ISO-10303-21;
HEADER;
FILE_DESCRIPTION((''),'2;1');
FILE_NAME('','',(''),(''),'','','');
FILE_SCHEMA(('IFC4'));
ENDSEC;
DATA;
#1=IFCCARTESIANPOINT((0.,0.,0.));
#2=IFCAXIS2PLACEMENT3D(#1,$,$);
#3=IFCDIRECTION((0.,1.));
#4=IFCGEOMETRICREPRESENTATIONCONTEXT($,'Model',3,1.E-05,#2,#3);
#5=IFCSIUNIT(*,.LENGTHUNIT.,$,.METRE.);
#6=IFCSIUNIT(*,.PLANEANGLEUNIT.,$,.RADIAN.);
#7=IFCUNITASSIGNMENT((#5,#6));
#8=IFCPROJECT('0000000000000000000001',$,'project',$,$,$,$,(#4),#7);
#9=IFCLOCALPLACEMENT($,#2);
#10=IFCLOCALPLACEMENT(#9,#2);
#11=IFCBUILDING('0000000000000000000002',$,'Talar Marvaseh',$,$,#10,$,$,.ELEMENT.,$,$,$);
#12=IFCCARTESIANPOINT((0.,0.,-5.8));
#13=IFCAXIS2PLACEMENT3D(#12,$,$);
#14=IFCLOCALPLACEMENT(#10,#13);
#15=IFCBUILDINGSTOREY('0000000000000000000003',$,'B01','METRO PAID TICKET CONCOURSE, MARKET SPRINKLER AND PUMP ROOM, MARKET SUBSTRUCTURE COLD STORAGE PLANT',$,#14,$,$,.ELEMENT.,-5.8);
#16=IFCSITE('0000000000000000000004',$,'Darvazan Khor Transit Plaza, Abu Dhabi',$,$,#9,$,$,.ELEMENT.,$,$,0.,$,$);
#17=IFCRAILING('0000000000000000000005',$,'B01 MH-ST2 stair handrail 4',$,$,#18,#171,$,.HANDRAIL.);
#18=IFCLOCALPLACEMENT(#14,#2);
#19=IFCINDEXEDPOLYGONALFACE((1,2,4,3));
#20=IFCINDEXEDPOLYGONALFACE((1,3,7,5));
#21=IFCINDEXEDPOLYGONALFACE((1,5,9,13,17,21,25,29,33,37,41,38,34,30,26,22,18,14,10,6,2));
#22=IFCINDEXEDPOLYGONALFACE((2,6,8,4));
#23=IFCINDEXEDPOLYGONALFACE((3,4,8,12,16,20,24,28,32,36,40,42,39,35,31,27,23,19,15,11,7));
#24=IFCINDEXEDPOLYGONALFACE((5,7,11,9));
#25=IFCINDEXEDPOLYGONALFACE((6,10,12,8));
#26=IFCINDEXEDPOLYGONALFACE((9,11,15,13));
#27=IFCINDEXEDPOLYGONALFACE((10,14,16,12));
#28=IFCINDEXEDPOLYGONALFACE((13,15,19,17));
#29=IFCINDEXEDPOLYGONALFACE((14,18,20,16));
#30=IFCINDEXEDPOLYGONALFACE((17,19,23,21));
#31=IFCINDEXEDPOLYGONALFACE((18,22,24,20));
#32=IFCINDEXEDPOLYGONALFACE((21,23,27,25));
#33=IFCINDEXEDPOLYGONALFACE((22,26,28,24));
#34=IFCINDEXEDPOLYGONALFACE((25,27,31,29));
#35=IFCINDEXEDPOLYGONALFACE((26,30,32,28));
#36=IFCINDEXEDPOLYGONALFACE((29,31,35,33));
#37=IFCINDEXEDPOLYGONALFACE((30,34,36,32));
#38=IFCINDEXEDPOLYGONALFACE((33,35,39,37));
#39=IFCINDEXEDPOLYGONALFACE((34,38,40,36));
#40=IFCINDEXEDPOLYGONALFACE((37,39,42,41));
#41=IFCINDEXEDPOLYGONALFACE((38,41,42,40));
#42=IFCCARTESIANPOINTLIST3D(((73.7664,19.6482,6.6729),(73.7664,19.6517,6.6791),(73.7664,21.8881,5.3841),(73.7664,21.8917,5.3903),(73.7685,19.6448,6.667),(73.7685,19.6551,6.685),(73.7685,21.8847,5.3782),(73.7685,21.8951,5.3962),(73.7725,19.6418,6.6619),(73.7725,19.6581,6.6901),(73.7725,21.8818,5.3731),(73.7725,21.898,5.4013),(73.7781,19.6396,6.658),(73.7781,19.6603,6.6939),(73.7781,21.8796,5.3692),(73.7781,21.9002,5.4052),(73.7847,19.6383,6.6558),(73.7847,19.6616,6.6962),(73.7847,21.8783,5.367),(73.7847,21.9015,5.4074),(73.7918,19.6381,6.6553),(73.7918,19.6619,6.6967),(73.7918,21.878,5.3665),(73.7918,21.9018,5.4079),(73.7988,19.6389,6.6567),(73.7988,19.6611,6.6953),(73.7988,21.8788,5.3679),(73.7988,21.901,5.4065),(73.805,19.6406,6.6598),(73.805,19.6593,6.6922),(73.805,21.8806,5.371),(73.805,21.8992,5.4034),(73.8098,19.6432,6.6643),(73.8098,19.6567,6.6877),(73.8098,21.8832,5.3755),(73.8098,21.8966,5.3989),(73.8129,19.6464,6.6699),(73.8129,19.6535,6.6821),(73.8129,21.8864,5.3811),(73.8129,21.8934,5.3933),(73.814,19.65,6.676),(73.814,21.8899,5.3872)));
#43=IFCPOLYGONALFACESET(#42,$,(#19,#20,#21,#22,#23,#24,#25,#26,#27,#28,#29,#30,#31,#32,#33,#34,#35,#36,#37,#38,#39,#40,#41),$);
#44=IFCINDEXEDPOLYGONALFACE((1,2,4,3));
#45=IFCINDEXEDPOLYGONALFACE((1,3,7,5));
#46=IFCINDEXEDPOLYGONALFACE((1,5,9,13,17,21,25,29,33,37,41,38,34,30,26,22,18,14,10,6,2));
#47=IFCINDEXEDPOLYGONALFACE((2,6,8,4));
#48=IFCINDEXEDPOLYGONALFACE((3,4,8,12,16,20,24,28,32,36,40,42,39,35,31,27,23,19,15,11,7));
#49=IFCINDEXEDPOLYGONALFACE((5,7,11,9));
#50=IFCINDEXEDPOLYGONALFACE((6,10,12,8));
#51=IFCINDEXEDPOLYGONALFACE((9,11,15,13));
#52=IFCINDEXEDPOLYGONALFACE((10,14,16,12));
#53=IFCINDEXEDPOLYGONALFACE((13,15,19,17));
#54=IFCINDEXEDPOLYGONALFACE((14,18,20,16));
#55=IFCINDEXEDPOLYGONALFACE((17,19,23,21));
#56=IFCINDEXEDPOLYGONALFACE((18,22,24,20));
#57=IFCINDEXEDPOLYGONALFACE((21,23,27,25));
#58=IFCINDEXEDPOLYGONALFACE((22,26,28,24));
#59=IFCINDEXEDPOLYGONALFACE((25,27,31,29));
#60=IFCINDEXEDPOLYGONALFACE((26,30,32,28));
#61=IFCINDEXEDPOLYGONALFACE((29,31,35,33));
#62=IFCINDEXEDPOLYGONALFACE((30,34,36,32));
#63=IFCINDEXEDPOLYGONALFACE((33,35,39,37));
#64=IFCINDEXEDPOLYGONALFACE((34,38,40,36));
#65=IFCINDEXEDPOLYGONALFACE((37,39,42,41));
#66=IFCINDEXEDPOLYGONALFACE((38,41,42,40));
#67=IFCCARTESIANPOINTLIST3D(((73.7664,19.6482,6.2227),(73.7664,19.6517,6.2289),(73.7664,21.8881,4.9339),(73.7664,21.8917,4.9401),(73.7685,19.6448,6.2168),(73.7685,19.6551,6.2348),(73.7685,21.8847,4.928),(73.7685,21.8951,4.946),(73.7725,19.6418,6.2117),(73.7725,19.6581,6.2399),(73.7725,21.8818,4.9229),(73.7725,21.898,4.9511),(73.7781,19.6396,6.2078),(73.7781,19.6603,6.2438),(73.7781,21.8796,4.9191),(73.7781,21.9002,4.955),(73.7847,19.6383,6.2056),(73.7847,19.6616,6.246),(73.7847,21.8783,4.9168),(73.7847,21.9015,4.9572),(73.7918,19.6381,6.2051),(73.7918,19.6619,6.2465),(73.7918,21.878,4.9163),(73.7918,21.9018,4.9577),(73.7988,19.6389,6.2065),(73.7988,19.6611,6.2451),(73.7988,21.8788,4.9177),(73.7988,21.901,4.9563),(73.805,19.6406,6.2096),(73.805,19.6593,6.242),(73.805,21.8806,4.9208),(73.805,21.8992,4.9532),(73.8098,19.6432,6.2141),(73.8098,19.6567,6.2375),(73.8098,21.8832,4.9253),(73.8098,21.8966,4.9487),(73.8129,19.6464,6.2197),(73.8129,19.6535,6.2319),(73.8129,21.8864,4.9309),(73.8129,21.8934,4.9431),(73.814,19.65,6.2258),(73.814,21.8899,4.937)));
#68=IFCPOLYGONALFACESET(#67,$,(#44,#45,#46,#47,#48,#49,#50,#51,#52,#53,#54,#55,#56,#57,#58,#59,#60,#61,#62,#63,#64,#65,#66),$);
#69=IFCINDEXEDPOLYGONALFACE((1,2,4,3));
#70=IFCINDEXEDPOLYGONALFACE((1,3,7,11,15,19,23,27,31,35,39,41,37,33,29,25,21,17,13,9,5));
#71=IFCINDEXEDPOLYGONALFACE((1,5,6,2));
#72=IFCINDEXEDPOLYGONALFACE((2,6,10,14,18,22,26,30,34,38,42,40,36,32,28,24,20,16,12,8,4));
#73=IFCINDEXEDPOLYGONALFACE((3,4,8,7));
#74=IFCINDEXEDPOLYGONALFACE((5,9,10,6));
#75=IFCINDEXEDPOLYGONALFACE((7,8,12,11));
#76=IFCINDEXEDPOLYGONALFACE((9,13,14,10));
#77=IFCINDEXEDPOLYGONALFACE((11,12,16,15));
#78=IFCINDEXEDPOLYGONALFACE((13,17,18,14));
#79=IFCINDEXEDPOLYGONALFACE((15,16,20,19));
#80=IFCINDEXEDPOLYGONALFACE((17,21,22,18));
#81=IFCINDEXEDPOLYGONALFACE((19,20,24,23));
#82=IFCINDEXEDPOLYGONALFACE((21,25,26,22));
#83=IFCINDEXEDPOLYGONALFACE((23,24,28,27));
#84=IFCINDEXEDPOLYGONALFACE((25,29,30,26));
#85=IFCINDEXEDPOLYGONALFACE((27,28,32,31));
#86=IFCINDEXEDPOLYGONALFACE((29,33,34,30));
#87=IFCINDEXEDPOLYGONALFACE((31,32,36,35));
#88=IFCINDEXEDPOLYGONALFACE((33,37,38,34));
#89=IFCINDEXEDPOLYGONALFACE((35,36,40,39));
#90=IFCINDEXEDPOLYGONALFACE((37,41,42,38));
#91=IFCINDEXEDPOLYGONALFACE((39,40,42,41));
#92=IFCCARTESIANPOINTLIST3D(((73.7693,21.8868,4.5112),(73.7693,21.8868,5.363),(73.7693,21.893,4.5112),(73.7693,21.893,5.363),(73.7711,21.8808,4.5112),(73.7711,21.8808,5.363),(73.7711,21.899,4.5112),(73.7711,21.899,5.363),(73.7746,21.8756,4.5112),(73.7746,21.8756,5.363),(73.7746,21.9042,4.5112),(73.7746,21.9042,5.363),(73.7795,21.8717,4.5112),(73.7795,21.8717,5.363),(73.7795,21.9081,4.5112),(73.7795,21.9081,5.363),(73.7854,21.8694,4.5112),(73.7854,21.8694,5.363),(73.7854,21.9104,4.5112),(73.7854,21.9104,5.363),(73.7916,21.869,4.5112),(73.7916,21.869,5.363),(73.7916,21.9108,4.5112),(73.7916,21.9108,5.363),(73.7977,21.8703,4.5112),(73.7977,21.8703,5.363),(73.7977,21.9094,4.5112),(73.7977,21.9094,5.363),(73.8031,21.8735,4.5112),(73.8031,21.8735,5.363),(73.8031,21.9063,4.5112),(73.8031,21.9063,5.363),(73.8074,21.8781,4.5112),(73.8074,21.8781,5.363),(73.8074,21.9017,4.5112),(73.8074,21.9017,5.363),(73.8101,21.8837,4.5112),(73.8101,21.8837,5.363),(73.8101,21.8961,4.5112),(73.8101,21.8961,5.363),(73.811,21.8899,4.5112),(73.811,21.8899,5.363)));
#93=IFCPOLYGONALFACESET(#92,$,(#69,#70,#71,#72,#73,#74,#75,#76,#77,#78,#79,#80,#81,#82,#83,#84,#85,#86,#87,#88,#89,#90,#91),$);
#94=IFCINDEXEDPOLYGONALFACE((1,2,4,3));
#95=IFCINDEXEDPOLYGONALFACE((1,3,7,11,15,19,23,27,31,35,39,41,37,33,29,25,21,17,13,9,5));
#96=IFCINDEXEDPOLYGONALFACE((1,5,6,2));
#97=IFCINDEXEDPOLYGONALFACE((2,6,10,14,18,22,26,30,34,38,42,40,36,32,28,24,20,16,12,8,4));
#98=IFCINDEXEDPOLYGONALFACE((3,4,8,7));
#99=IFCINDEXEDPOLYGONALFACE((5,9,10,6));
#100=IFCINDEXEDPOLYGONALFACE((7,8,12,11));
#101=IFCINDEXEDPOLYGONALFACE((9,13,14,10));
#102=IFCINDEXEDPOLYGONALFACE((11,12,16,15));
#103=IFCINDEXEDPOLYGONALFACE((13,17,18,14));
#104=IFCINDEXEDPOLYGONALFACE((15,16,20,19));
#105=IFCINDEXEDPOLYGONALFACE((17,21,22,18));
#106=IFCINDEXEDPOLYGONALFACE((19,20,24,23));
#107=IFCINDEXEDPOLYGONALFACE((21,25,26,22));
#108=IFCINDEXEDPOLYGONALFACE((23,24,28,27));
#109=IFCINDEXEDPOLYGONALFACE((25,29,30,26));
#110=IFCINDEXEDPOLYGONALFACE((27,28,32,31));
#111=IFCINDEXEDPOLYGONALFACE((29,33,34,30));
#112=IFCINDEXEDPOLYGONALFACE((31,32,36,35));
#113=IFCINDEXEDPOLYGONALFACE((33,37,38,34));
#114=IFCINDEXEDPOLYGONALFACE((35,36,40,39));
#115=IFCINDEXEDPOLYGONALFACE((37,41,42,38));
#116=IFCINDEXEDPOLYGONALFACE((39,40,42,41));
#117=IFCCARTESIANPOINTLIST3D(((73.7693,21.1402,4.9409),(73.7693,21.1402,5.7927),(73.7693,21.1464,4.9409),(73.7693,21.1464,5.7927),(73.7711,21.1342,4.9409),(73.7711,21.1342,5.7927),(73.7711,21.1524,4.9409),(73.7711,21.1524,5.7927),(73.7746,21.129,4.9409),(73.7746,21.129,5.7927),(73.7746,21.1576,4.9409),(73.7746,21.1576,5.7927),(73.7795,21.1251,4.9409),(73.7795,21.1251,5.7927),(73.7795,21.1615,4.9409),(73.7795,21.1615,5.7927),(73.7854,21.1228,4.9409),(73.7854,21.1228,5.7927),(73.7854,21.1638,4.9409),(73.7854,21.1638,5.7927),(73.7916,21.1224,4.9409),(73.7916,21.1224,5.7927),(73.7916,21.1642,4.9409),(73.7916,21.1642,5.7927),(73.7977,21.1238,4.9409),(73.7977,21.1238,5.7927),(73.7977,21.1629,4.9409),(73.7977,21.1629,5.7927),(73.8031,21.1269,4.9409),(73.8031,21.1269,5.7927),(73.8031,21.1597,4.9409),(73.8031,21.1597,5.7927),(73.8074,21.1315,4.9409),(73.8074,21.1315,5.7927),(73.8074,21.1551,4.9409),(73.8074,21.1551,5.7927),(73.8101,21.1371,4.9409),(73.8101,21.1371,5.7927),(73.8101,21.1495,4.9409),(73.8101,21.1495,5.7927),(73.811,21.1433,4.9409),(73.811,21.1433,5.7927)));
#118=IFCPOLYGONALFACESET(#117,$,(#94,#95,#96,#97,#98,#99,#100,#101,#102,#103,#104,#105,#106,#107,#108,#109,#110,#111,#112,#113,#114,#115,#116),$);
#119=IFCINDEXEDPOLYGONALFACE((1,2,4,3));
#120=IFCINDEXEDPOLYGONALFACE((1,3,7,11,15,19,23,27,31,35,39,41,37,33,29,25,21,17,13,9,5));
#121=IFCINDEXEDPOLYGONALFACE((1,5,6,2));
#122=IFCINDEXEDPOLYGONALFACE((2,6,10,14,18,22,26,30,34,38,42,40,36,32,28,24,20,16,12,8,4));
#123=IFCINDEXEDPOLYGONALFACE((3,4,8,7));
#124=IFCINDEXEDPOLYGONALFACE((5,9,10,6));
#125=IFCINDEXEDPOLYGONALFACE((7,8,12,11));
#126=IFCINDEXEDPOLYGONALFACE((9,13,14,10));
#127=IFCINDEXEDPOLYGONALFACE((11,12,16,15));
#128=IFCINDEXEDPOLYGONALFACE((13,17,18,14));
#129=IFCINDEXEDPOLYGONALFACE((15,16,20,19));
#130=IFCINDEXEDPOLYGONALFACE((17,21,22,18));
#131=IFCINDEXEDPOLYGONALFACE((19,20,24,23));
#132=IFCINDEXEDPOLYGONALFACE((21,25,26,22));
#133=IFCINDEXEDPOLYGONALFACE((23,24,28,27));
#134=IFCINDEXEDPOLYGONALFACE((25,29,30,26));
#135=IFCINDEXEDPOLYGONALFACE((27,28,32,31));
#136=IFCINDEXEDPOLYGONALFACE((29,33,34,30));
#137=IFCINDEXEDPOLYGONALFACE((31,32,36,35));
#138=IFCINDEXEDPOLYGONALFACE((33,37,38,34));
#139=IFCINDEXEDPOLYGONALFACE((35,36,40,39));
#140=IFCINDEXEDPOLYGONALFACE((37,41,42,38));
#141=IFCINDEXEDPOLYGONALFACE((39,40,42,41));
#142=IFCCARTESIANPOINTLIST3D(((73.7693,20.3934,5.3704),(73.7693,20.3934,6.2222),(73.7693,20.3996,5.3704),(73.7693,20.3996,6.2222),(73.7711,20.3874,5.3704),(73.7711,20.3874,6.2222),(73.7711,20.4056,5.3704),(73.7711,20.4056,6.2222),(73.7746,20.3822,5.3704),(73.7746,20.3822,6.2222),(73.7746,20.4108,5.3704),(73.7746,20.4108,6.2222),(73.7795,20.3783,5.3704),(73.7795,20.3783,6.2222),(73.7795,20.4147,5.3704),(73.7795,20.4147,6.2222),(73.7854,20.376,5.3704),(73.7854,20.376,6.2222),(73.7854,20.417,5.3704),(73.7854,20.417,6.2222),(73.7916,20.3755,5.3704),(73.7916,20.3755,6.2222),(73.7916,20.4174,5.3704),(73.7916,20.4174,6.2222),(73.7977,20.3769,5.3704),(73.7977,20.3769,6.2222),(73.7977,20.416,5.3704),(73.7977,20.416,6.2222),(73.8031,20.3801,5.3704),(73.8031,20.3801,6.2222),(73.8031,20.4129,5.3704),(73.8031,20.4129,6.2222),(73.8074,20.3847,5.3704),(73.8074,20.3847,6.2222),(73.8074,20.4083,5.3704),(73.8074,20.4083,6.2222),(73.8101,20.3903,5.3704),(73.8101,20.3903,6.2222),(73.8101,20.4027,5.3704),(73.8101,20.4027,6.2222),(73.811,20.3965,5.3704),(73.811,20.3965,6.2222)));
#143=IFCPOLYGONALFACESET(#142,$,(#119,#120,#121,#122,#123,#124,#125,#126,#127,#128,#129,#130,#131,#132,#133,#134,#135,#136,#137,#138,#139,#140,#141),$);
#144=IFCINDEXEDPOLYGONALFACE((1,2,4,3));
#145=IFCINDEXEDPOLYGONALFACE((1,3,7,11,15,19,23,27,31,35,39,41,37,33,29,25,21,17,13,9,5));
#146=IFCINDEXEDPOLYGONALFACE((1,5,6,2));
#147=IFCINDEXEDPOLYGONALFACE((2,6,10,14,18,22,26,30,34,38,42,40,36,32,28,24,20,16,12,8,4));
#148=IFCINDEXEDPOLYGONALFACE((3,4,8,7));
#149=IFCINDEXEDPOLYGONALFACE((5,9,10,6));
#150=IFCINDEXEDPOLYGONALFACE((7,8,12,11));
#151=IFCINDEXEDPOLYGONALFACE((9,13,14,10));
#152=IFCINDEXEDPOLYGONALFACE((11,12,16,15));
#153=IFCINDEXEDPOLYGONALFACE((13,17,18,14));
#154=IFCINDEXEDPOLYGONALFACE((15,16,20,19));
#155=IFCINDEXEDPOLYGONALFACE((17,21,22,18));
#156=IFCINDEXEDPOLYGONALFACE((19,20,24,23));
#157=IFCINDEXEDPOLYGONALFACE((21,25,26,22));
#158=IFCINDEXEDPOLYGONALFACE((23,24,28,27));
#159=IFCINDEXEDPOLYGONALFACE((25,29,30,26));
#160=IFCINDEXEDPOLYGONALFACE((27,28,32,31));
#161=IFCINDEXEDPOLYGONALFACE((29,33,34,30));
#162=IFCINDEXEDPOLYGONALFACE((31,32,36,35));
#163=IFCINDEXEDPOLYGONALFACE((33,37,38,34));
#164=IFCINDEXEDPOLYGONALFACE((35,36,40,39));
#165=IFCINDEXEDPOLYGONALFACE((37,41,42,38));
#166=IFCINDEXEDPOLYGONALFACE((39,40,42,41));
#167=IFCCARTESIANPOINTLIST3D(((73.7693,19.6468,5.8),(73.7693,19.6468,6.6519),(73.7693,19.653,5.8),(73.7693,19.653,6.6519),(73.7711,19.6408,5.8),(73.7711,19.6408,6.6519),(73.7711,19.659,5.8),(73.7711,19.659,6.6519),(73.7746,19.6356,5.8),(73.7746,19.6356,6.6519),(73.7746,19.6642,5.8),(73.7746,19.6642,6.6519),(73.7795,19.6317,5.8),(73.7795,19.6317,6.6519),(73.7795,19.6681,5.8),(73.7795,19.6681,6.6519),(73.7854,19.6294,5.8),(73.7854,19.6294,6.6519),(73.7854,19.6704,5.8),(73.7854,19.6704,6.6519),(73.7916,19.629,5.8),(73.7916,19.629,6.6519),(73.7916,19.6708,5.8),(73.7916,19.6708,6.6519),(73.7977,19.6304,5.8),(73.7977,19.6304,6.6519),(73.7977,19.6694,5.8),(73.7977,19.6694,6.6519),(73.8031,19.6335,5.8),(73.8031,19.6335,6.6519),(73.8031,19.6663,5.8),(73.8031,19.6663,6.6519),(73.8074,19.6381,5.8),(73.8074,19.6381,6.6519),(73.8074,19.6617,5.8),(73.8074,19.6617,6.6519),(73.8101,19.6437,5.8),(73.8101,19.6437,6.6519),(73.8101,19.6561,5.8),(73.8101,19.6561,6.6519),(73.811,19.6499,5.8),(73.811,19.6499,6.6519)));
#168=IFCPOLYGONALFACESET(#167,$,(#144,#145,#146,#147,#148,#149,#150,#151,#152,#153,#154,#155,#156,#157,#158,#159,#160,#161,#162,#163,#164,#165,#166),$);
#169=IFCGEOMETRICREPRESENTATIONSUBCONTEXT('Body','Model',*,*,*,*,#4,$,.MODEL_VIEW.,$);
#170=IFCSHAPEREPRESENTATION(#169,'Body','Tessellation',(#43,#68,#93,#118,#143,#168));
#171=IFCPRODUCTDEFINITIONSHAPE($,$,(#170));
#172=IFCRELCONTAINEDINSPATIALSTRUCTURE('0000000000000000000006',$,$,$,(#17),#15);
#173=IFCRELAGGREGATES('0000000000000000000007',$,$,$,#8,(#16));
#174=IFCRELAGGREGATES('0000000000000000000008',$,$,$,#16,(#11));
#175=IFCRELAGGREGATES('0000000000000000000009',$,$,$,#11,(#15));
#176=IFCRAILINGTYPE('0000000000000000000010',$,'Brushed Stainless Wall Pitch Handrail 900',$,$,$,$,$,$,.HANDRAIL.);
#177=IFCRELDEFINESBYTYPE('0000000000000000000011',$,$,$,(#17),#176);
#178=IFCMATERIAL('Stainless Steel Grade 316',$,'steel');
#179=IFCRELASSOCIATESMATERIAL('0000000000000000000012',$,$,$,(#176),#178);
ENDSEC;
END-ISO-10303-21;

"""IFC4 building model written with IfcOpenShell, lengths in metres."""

from ifc_helpers import new_model, si_unit, direction, frame, origin, origin_2d, place, context, subcontext, project, spatial, circle, extrude, material, type_object, element, save


model = new_model("IFC4")

# Units and contexts
model_context = context("Model", 3, precision=1e-05, world=origin(), true_north=direction((0.0, 1.0)))
body_context = subcontext(model_context, "Body", "Model", "MODEL_VIEW")
ifc_project = project(units=[si_unit("LENGTHUNIT", "METRE"), si_unit("PLANEANGLEUNIT", "RADIAN")], contexts=[model_context])

# Site, building, storey
site_placement = place(None, origin())
site = spatial("IfcSite", under=ifc_project, at=site_placement, Name="Darvazan Khor Transit Plaza, Abu Dhabi", CompositionType="ELEMENT", RefElevation=0.0)
building_placement = place(site_placement, origin())
building = spatial("IfcBuilding", under=site, at=building_placement, Name="Talar Marvaseh", CompositionType="ELEMENT")
storey_placement = place(building_placement, frame((0.0, 0.0, -5.8)))
storey = spatial("IfcBuildingStorey", under=building, at=storey_placement, Name="B01", Description="METRO PAID TICKET CONCOURSE, MARKET SPRINKLER AND PUMP ROOM, MARKET SUBSTRUCTURE COLD STORAGE PLANT", CompositionType="ELEMENT", Elevation=-5.8)

# Railing
ifc_material_1 = material(Name="Stainless Steel Grade 316", Category="steel")
railing_type_1 = type_object("IfcRailingType", Name="Brushed Stainless Wall Pitch Handrail 900", PredefinedType="HANDRAIL", material=ifc_material_1)
railing_1_placement = place(storey_placement, frame((73.79, 21.8899, 4.5112)))
element("IfcRailing", 1, at=railing_1_placement, inside=storey, type_object=railing_type_1, Name="B01 MH-ST2 stair handrail 4", PredefinedType="HANDRAIL", context=body_context, shape_type="SweptSolid", body=[
    extrude(circle(Radius=0.0239, at=origin_2d()), frame((0.0, 0.0, 0.876), z_axis=(0.0, -0.866768, 0.498711), x_axis=(1.0, 0.0, 0.0)), (0.0, 0.0, 1.0), 2.5842),
    extrude(circle(Radius=0.0239, at=origin_2d()), frame((0.0, 0.0, 0.4258), z_axis=(0.0, -0.866768, 0.498711), x_axis=(1.0, 0.0, 0.0)), (0.0, 0.0, 1.0), 2.5842),
    extrude(circle(Radius=0.021, at=origin_2d()), origin(), (0.0, 0.0, 1.0), 0.8518),
    extrude(circle(Radius=0.021, at=origin_2d()), frame((0.0, -0.7466, 0.4297)), (0.0, 0.0, 1.0), 0.8518),
    extrude(circle(Radius=0.021, at=origin_2d()), frame((0.0, -1.4934, 0.8591)), (0.0, 0.0, 1.0), 0.8518),
    extrude(circle(Radius=0.021, at=origin_2d()), frame((0.0, -2.24, 1.2888)), (0.0, 0.0, 1.0), 0.8518),
])

save(model, "model.ifc")
